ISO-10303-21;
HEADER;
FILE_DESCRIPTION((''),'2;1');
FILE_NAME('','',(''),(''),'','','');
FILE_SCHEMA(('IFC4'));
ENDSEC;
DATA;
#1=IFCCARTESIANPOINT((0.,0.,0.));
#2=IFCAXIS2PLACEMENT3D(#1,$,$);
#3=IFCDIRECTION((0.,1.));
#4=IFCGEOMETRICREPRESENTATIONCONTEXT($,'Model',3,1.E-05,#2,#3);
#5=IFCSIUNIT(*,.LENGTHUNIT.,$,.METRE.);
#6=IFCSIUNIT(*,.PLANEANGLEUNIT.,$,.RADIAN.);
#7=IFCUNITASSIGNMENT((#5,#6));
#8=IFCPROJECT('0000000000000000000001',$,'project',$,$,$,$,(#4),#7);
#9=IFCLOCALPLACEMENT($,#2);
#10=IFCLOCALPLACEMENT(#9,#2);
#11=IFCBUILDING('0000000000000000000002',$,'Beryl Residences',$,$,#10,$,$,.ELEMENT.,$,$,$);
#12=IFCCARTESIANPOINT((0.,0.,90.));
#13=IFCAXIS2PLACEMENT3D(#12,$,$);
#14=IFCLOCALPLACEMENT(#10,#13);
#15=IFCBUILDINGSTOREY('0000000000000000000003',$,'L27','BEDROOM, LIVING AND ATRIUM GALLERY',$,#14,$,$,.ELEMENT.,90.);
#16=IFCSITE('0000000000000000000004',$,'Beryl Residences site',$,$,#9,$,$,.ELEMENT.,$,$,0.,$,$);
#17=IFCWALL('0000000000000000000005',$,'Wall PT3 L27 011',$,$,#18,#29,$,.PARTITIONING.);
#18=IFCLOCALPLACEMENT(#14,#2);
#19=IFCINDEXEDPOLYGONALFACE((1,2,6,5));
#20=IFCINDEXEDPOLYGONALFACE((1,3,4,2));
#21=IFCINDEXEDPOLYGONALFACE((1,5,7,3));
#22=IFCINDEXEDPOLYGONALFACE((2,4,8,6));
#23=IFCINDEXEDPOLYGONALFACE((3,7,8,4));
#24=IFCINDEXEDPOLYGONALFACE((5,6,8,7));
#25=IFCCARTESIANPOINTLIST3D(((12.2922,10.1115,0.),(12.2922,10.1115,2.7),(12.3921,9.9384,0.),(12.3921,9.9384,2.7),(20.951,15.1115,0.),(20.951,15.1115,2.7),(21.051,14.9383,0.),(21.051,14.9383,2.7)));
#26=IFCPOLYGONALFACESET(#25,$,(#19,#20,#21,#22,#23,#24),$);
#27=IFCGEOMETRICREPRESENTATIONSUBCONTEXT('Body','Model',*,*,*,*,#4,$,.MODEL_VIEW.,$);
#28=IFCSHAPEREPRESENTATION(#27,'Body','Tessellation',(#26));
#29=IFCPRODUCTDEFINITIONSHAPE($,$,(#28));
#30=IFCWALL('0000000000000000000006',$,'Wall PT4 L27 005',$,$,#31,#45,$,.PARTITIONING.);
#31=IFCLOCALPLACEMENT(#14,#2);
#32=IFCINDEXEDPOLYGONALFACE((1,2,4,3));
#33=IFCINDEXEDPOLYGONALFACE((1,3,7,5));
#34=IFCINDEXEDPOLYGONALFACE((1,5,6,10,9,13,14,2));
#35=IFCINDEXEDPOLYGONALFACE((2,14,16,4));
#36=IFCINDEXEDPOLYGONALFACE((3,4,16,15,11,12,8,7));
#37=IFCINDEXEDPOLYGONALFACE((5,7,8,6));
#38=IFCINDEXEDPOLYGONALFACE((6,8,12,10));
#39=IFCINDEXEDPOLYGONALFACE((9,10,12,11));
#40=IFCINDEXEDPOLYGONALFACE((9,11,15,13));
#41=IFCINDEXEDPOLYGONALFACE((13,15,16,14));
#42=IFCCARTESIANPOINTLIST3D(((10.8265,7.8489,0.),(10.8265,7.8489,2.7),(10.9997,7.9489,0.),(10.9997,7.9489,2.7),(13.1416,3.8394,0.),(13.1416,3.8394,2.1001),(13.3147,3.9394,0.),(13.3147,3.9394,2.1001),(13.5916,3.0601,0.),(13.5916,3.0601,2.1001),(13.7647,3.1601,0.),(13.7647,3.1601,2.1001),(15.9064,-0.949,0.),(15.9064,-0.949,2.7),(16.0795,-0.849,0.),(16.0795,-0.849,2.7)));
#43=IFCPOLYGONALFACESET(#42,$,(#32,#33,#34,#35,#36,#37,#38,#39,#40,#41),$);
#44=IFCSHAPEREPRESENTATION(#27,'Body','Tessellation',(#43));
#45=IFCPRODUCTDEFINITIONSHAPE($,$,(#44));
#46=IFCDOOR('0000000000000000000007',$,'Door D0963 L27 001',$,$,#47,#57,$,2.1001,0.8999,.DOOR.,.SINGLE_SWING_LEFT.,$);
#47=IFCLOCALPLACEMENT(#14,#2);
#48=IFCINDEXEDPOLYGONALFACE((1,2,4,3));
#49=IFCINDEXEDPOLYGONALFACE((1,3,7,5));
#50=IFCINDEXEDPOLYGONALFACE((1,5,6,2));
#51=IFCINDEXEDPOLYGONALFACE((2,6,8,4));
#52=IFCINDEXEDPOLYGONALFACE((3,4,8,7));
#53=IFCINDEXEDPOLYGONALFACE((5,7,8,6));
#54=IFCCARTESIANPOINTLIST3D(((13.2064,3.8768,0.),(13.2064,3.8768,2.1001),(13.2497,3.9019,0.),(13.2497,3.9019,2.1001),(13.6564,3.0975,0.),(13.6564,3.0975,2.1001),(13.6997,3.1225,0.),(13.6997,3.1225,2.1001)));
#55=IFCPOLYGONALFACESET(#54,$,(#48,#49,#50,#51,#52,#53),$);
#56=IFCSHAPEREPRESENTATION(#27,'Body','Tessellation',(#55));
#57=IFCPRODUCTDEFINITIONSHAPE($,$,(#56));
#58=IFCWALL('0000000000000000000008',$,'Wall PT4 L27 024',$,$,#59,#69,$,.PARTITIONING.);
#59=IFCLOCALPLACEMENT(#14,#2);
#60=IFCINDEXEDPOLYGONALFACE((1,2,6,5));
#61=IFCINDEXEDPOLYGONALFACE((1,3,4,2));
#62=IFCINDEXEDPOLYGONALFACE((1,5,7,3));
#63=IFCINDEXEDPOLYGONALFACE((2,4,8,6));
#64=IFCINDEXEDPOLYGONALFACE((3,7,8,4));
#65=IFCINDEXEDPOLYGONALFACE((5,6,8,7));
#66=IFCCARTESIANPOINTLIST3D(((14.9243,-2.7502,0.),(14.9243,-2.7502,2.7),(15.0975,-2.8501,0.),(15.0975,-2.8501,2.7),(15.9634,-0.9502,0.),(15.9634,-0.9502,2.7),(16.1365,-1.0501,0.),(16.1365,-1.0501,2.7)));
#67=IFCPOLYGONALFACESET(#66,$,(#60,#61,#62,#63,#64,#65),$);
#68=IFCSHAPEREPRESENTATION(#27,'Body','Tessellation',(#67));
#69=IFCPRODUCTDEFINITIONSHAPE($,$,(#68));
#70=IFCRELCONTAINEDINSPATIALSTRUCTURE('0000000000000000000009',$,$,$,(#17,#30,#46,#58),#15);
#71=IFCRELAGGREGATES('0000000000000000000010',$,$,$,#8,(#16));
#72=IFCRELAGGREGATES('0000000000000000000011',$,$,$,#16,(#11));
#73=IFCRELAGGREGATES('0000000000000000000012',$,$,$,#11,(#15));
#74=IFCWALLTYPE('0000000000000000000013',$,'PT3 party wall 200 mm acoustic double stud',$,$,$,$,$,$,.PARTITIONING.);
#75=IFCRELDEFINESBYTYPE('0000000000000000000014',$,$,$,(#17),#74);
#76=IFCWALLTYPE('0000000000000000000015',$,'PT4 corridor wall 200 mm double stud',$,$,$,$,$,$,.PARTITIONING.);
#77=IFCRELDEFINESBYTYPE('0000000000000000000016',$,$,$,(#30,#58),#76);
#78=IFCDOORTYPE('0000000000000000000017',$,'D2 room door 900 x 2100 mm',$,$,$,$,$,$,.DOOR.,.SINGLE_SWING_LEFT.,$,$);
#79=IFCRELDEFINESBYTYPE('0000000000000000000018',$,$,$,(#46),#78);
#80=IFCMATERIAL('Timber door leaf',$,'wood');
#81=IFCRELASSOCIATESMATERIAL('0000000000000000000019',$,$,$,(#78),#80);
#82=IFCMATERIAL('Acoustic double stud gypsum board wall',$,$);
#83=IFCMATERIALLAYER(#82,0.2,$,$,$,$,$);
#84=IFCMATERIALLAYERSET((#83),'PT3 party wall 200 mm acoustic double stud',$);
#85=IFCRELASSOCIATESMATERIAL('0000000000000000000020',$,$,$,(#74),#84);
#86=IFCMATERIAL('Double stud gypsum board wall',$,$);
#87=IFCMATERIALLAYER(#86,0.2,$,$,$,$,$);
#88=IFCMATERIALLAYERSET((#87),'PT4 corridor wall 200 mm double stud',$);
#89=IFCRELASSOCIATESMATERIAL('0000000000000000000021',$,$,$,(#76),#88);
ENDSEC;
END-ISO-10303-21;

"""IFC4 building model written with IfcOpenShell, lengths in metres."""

from ifc_helpers import new_model, si_unit, direction, frame, frame_2d, origin, place, context, subcontext, project, spatial, rectangle, extrude, material, layer, layer_set, type_object, element, fill, save


model = new_model("IFC4")

# Units and contexts
model_context = context("Model", 3, precision=1e-05, world=origin(), true_north=direction((0.0, 1.0)))
body_context = subcontext(model_context, "Body", "Model", "MODEL_VIEW")
ifc_project = project(units=[si_unit("LENGTHUNIT", "METRE"), si_unit("PLANEANGLEUNIT", "RADIAN")], contexts=[model_context])

# Site, building, storey
site_placement = place(None, origin())
site = spatial("IfcSite", under=ifc_project, at=site_placement, Name="Beryl Residences site", CompositionType="ELEMENT", RefElevation=0.0)
building_placement = place(site_placement, origin())
building = spatial("IfcBuilding", under=site, at=building_placement, Name="Beryl Residences", CompositionType="ELEMENT")
storey_placement = place(building_placement, frame((0.0, 0.0, 90.0)))
storey = spatial("IfcBuildingStorey", under=building, at=storey_placement, Name="L27", Description="BEDROOM, LIVING AND ATRIUM GALLERY", CompositionType="ELEMENT", Elevation=90.0)

# Shared definitions
ifc_material_1 = material(Name="Timber door leaf", Category="wood")
door_type_1 = type_object("IfcDoorType", Name="D2 room door 900 x 2100 mm", OperationType="SINGLE_SWING_LEFT", PredefinedType="DOOR", material=ifc_material_1)

# Wall
ifc_material_2 = material(Name="Acoustic double stud gypsum board wall")
ifc_layer_1 = layer(ifc_material_2, 0.2)
ifc_layer_set_1 = layer_set([ifc_layer_1], Name="PT3 party wall 200 mm acoustic double stud")
wall_type_1 = type_object("IfcWallType", Name="PT3 party wall 200 mm acoustic double stud", PredefinedType="PARTITIONING", material=ifc_layer_set_1)
wall_1_placement = place(storey_placement, frame((12.342, 10.0249, 0.0), z_axis=(0.0, 0.0, 1.0), x_axis=(0.865992, 0.500057, 0.0)))
element("IfcWall", 1, at=wall_1_placement, inside=storey, type_object=wall_type_1, Name="Wall PT3 L27 011", PredefinedType="PARTITIONING", context=body_context, shape_type="SweptSolid", body=[
    extrude(rectangle(XDim=9.9988, YDim=0.2, at=frame_2d((4.9995, 0.0))), origin(), (0.0, 0.0, 1.0), 2.7),
])

# Wall, opening, door
ifc_material_3 = material(Name="Double stud gypsum board wall")
ifc_layer_2 = layer(ifc_material_3, 0.2)
ifc_layer_set_2 = layer_set([ifc_layer_2], Name="PT4 corridor wall 200 mm double stud")
wall_type_2 = type_object("IfcWallType", Name="PT4 corridor wall 200 mm double stud", PredefinedType="PARTITIONING", material=ifc_layer_set_2)
wall_2_placement = place(storey_placement, frame((10.9131, 7.8989, 0.0), z_axis=(0.0, 0.0, 1.0), x_axis=(0.500029, -0.866009, 0.0)))
wall_2 = element("IfcWall", 2, at=wall_2_placement, inside=storey, type_object=wall_type_2, Name="Wall PT4 L27 005", PredefinedType="PARTITIONING", context=body_context, shape_type="SweptSolid", body=[
    extrude(rectangle(XDim=10.1592, YDim=0.2, at=frame_2d((5.0796, 0.0))), origin(), (0.0, 0.0, 1.0), 2.7),
])
opening_1_placement = place(wall_2_placement, frame((4.6299, 0.0, 0.0)))
opening_1 = element("IfcOpeningElement", 3, at=opening_1_placement, cuts=wall_2, PredefinedType="OPENING", context=body_context, shape_type="SweptSolid", body=[
    extrude(rectangle(XDim=0.8999, YDim=2.1001, at=frame_2d((0.45, 1.05))), frame((0.0, 0.1099, 0.0), z_axis=(0.0, -1.0, 0.0), x_axis=(1.0, 0.0, 0.0)), (0.0, 0.0, 1.0), 0.22),
])
door_1_placement = place(opening_1_placement, origin())
door_1 = element("IfcDoor", 4, at=door_1_placement, inside=storey, type_object=door_type_1, Name="Door D0963 L27 001", OperationType="SINGLE_SWING_LEFT", OverallHeight=2.1001, OverallWidth=0.8999, PredefinedType="DOOR", context=body_context, shape_type="SweptSolid", body=[
    extrude(rectangle(XDim=0.8999, YDim=2.1001, at=frame_2d((0.45, 1.05))), frame((0.0, 0.0249, 0.0), z_axis=(0.0, -1.0, 0.0), x_axis=(1.0, 0.0, 0.0)), (0.0, 0.0, 1.0), 0.05),
])
fill(opening_1, door_1)

# Wall
wall_3_placement = place(storey_placement, frame((15.011, -2.8, 0.0), z_axis=(0.0, 0.0, 1.0), x_axis=(0.499929, 0.866066, 0.0)))
element("IfcWall", 5, at=wall_3_placement, inside=storey, type_object=wall_type_2, Name="Wall PT4 L27 024", PredefinedType="PARTITIONING", context=body_context, shape_type="SweptSolid", body=[
    extrude(rectangle(XDim=2.0784, YDim=0.2, at=frame_2d((1.0391, 0.0))), origin(), (0.0, 0.0, 1.0), 2.7),
])

save(model, "model.ifc")
